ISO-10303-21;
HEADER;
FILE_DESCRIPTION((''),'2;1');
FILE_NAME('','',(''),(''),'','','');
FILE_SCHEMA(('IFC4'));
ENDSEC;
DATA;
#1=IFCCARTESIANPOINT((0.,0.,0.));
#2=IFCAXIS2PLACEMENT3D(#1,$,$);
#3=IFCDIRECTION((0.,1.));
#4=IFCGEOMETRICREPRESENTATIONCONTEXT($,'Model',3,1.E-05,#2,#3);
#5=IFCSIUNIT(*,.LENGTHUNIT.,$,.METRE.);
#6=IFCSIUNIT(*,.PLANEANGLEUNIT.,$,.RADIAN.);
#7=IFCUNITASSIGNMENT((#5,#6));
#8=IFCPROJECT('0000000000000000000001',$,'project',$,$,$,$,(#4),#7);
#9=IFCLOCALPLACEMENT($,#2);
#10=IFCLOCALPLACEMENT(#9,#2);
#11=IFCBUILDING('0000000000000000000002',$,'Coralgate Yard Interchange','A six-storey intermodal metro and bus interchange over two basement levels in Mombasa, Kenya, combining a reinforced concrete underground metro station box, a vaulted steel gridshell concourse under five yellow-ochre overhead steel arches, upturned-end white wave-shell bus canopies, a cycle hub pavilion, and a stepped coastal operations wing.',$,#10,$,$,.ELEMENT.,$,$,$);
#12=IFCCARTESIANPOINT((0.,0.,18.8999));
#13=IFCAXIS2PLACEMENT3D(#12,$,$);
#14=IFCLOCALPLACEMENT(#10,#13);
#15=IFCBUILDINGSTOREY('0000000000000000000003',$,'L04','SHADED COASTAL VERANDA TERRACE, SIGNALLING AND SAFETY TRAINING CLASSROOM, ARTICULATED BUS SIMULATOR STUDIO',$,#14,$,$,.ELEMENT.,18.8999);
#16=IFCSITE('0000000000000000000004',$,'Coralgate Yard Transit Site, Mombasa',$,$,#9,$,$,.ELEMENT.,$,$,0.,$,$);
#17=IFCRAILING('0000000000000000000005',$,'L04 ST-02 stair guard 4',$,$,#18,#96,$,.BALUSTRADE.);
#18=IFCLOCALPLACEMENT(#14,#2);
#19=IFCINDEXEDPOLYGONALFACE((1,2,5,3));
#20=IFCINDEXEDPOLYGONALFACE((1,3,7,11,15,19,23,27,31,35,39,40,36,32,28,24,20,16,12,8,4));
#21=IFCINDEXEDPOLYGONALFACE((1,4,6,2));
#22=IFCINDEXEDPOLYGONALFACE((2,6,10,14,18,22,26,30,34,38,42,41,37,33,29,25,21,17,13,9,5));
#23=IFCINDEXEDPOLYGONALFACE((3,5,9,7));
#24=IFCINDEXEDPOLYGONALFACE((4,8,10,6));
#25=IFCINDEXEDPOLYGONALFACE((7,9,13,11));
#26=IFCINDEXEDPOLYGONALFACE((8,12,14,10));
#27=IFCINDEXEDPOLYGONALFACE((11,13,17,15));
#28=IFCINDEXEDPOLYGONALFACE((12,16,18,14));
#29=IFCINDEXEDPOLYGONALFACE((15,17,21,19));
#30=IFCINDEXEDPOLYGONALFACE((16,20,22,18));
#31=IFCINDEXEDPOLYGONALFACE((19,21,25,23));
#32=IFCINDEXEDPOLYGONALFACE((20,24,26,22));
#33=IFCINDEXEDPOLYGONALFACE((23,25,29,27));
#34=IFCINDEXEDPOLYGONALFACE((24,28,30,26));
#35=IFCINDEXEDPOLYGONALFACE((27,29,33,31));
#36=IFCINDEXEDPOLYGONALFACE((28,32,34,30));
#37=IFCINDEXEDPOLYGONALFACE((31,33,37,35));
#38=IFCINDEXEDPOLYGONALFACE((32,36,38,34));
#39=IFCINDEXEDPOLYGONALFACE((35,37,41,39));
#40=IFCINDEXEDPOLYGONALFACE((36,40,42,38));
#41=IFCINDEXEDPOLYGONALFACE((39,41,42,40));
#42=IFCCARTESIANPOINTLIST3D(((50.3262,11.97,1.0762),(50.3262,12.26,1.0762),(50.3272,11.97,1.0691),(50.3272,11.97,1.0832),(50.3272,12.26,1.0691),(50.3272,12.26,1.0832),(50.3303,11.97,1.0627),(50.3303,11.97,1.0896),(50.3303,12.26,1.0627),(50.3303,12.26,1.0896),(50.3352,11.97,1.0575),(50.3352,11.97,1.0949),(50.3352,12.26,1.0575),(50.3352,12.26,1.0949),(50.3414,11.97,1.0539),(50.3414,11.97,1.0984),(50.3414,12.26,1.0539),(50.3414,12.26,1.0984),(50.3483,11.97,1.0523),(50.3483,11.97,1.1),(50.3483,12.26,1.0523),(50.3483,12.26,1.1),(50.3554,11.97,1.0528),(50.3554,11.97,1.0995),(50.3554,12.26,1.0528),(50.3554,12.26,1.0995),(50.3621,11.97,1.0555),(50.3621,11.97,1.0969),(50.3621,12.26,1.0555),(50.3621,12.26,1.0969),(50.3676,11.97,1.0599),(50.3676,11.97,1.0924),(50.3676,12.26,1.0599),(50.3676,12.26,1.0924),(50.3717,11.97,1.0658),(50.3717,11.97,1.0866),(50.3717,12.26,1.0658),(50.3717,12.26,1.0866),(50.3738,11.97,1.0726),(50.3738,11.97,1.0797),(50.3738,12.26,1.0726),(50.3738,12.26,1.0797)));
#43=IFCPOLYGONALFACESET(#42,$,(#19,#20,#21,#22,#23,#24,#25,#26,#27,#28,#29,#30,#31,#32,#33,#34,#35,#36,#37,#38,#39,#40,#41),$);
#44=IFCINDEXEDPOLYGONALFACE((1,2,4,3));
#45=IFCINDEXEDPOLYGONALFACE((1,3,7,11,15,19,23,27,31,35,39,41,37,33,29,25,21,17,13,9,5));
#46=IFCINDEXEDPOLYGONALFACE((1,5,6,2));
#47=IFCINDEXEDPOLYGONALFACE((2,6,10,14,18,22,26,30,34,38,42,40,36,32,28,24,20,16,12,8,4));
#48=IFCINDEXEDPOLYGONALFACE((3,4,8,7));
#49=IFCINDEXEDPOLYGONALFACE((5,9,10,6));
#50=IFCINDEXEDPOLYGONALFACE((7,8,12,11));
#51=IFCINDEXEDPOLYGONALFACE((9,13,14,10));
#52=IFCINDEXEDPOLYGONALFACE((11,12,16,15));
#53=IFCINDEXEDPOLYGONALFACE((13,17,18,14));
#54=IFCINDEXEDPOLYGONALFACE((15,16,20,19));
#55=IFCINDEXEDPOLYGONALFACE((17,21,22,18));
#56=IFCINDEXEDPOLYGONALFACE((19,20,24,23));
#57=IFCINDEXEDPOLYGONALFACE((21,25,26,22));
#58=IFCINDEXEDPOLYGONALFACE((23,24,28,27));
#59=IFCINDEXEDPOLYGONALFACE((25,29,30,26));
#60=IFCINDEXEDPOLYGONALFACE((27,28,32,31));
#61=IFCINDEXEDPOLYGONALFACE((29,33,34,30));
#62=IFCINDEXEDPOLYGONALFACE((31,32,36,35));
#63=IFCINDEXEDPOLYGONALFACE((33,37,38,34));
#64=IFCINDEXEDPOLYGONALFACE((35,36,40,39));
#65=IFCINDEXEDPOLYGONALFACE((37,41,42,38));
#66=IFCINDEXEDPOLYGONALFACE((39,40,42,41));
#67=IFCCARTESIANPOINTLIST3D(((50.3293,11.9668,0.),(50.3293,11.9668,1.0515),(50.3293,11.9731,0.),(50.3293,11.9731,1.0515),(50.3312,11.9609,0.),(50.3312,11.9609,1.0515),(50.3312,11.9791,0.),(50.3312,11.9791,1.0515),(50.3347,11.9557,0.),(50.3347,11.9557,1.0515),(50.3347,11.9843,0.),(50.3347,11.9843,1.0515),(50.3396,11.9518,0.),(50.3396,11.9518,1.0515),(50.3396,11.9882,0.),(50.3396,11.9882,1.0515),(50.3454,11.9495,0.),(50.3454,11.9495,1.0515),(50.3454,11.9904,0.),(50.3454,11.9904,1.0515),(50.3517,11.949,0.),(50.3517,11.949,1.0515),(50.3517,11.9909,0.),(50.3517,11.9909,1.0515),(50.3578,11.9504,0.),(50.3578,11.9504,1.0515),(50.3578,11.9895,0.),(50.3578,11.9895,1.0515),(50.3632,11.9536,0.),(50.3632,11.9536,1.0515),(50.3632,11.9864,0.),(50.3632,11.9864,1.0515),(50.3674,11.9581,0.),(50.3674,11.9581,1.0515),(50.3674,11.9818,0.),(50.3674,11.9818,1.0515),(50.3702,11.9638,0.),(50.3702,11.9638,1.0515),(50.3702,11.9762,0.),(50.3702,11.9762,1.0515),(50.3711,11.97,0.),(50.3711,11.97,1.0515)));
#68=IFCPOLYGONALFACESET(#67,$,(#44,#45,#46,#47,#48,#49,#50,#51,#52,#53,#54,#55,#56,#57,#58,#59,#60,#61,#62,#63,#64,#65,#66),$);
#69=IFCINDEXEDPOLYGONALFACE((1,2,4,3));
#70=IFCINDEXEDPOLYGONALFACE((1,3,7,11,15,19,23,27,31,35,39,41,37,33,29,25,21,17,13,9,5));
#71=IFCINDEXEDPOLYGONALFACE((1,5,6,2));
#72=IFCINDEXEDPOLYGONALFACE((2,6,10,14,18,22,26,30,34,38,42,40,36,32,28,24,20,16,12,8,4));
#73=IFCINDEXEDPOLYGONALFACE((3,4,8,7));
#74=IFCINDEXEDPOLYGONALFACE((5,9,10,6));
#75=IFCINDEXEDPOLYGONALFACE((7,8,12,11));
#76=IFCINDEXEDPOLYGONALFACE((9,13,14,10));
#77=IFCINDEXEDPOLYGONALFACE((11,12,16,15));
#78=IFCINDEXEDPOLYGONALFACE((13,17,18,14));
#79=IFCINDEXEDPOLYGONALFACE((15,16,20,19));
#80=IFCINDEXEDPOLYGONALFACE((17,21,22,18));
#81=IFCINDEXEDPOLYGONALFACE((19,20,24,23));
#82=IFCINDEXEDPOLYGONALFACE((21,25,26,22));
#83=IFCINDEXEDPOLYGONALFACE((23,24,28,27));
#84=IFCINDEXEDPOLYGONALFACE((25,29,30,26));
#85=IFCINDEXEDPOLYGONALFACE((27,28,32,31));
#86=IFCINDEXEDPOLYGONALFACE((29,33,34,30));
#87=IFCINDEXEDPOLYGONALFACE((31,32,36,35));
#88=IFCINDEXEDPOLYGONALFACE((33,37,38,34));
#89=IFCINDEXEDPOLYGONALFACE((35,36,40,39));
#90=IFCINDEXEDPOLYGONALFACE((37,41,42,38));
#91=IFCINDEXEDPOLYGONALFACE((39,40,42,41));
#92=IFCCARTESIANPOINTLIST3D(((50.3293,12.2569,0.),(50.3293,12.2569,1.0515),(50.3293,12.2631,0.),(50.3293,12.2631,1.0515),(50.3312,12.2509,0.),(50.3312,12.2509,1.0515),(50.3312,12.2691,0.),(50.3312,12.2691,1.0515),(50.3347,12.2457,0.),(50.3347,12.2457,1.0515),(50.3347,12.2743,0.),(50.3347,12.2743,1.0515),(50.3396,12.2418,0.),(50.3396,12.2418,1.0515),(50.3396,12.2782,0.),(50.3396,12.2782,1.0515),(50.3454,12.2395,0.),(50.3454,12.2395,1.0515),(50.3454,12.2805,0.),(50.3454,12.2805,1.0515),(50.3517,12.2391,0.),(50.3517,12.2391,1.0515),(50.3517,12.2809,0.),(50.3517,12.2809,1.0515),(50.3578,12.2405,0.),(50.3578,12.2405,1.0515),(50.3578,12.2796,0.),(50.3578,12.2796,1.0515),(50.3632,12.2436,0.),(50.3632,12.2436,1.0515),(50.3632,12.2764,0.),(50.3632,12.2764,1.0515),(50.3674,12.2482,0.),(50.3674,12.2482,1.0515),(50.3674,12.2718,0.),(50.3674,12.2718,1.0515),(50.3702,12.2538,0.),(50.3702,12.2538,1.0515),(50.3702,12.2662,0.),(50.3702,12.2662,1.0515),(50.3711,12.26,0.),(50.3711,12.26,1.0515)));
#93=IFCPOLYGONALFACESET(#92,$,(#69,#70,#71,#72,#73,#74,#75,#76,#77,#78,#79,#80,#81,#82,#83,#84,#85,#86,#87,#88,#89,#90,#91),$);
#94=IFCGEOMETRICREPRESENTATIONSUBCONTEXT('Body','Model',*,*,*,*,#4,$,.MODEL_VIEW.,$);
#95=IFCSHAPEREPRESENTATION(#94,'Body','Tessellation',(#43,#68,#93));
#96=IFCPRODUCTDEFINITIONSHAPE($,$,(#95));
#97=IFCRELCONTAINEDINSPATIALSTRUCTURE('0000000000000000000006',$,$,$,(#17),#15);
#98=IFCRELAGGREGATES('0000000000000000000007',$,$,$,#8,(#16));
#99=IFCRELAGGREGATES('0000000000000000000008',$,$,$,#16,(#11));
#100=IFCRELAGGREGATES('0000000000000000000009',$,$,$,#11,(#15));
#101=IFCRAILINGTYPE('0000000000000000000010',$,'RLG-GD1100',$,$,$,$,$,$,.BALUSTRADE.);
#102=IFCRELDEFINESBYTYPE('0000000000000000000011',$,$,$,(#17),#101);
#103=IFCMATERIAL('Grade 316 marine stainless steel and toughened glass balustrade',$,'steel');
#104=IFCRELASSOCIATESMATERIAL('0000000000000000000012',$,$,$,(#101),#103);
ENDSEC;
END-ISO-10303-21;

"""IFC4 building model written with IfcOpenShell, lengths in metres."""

from ifc_helpers import new_model, si_unit, direction, frame, origin, origin_2d, place, context, subcontext, project, spatial, circle, extrude, material, type_object, element, save


model = new_model("IFC4")

# Units and contexts
model_context = context("Model", 3, precision=1e-05, world=origin(), true_north=direction((0.0, 1.0)))
body_context = subcontext(model_context, "Body", "Model", "MODEL_VIEW")
ifc_project = project(units=[si_unit("LENGTHUNIT", "METRE"), si_unit("PLANEANGLEUNIT", "RADIAN")], contexts=[model_context])

# Site, building, storey
site_placement = place(None, origin())
site = spatial("IfcSite", under=ifc_project, at=site_placement, Name="Coralgate Yard Transit Site, Mombasa", CompositionType="ELEMENT", RefElevation=0.0)
building_placement = place(site_placement, origin())
building = spatial("IfcBuilding", under=site, at=building_placement, Name="Coralgate Yard Interchange", Description="A six-storey intermodal metro and bus interchange over two basement levels in Mombasa, Kenya, combining a reinforced concrete underground metro station box, a vaulted steel gridshell concourse under five yellow-ochre overhead steel arches, upturned-end white wave-shell bus canopies, a cycle hub pavilion, and a stepped coastal operations wing.", CompositionType="ELEMENT")
storey_placement = place(building_placement, frame((0.0, 0.0, 18.8999)))
storey = spatial("IfcBuildingStorey", under=building, at=storey_placement, Name="L04", Description="SHADED COASTAL VERANDA TERRACE, SIGNALLING AND SAFETY TRAINING CLASSROOM, ARTICULATED BUS SIMULATOR STUDIO", CompositionType="ELEMENT", Elevation=18.8999)

# Railing
ifc_material_1 = material(Name="Grade 316 marine stainless steel and toughened glass balustrade", Category="steel")
railing_type_1 = type_object("IfcRailingType", Name="RLG-GD1100", PredefinedType="BALUSTRADE", material=ifc_material_1)
railing_1_placement = place(storey_placement, frame((50.3501, 11.97, 0.0)))
element("IfcRailing", 1, at=railing_1_placement, inside=storey, type_object=railing_type_1, Name="L04 ST-02 stair guard 4", PredefinedType="BALUSTRADE", context=body_context, shape_type="SweptSolid", body=[
    extrude(circle(Radius=0.0239, at=origin_2d()), frame((0.0, 0.0, 1.0762), z_axis=(0.0, 1.0, 0.0), x_axis=(-1.0, 0.0, 0.0)), (0.0, 0.0, 1.0), 0.29),
    extrude(circle(Radius=0.021, at=origin_2d()), origin(), (0.0, 0.0, 1.0), 1.0515),
    extrude(circle(Radius=0.021, at=origin_2d()), frame((0.0, 0.29, 0.0)), (0.0, 0.0, 1.0), 1.0515),
])

save(model, "model.ifc")
